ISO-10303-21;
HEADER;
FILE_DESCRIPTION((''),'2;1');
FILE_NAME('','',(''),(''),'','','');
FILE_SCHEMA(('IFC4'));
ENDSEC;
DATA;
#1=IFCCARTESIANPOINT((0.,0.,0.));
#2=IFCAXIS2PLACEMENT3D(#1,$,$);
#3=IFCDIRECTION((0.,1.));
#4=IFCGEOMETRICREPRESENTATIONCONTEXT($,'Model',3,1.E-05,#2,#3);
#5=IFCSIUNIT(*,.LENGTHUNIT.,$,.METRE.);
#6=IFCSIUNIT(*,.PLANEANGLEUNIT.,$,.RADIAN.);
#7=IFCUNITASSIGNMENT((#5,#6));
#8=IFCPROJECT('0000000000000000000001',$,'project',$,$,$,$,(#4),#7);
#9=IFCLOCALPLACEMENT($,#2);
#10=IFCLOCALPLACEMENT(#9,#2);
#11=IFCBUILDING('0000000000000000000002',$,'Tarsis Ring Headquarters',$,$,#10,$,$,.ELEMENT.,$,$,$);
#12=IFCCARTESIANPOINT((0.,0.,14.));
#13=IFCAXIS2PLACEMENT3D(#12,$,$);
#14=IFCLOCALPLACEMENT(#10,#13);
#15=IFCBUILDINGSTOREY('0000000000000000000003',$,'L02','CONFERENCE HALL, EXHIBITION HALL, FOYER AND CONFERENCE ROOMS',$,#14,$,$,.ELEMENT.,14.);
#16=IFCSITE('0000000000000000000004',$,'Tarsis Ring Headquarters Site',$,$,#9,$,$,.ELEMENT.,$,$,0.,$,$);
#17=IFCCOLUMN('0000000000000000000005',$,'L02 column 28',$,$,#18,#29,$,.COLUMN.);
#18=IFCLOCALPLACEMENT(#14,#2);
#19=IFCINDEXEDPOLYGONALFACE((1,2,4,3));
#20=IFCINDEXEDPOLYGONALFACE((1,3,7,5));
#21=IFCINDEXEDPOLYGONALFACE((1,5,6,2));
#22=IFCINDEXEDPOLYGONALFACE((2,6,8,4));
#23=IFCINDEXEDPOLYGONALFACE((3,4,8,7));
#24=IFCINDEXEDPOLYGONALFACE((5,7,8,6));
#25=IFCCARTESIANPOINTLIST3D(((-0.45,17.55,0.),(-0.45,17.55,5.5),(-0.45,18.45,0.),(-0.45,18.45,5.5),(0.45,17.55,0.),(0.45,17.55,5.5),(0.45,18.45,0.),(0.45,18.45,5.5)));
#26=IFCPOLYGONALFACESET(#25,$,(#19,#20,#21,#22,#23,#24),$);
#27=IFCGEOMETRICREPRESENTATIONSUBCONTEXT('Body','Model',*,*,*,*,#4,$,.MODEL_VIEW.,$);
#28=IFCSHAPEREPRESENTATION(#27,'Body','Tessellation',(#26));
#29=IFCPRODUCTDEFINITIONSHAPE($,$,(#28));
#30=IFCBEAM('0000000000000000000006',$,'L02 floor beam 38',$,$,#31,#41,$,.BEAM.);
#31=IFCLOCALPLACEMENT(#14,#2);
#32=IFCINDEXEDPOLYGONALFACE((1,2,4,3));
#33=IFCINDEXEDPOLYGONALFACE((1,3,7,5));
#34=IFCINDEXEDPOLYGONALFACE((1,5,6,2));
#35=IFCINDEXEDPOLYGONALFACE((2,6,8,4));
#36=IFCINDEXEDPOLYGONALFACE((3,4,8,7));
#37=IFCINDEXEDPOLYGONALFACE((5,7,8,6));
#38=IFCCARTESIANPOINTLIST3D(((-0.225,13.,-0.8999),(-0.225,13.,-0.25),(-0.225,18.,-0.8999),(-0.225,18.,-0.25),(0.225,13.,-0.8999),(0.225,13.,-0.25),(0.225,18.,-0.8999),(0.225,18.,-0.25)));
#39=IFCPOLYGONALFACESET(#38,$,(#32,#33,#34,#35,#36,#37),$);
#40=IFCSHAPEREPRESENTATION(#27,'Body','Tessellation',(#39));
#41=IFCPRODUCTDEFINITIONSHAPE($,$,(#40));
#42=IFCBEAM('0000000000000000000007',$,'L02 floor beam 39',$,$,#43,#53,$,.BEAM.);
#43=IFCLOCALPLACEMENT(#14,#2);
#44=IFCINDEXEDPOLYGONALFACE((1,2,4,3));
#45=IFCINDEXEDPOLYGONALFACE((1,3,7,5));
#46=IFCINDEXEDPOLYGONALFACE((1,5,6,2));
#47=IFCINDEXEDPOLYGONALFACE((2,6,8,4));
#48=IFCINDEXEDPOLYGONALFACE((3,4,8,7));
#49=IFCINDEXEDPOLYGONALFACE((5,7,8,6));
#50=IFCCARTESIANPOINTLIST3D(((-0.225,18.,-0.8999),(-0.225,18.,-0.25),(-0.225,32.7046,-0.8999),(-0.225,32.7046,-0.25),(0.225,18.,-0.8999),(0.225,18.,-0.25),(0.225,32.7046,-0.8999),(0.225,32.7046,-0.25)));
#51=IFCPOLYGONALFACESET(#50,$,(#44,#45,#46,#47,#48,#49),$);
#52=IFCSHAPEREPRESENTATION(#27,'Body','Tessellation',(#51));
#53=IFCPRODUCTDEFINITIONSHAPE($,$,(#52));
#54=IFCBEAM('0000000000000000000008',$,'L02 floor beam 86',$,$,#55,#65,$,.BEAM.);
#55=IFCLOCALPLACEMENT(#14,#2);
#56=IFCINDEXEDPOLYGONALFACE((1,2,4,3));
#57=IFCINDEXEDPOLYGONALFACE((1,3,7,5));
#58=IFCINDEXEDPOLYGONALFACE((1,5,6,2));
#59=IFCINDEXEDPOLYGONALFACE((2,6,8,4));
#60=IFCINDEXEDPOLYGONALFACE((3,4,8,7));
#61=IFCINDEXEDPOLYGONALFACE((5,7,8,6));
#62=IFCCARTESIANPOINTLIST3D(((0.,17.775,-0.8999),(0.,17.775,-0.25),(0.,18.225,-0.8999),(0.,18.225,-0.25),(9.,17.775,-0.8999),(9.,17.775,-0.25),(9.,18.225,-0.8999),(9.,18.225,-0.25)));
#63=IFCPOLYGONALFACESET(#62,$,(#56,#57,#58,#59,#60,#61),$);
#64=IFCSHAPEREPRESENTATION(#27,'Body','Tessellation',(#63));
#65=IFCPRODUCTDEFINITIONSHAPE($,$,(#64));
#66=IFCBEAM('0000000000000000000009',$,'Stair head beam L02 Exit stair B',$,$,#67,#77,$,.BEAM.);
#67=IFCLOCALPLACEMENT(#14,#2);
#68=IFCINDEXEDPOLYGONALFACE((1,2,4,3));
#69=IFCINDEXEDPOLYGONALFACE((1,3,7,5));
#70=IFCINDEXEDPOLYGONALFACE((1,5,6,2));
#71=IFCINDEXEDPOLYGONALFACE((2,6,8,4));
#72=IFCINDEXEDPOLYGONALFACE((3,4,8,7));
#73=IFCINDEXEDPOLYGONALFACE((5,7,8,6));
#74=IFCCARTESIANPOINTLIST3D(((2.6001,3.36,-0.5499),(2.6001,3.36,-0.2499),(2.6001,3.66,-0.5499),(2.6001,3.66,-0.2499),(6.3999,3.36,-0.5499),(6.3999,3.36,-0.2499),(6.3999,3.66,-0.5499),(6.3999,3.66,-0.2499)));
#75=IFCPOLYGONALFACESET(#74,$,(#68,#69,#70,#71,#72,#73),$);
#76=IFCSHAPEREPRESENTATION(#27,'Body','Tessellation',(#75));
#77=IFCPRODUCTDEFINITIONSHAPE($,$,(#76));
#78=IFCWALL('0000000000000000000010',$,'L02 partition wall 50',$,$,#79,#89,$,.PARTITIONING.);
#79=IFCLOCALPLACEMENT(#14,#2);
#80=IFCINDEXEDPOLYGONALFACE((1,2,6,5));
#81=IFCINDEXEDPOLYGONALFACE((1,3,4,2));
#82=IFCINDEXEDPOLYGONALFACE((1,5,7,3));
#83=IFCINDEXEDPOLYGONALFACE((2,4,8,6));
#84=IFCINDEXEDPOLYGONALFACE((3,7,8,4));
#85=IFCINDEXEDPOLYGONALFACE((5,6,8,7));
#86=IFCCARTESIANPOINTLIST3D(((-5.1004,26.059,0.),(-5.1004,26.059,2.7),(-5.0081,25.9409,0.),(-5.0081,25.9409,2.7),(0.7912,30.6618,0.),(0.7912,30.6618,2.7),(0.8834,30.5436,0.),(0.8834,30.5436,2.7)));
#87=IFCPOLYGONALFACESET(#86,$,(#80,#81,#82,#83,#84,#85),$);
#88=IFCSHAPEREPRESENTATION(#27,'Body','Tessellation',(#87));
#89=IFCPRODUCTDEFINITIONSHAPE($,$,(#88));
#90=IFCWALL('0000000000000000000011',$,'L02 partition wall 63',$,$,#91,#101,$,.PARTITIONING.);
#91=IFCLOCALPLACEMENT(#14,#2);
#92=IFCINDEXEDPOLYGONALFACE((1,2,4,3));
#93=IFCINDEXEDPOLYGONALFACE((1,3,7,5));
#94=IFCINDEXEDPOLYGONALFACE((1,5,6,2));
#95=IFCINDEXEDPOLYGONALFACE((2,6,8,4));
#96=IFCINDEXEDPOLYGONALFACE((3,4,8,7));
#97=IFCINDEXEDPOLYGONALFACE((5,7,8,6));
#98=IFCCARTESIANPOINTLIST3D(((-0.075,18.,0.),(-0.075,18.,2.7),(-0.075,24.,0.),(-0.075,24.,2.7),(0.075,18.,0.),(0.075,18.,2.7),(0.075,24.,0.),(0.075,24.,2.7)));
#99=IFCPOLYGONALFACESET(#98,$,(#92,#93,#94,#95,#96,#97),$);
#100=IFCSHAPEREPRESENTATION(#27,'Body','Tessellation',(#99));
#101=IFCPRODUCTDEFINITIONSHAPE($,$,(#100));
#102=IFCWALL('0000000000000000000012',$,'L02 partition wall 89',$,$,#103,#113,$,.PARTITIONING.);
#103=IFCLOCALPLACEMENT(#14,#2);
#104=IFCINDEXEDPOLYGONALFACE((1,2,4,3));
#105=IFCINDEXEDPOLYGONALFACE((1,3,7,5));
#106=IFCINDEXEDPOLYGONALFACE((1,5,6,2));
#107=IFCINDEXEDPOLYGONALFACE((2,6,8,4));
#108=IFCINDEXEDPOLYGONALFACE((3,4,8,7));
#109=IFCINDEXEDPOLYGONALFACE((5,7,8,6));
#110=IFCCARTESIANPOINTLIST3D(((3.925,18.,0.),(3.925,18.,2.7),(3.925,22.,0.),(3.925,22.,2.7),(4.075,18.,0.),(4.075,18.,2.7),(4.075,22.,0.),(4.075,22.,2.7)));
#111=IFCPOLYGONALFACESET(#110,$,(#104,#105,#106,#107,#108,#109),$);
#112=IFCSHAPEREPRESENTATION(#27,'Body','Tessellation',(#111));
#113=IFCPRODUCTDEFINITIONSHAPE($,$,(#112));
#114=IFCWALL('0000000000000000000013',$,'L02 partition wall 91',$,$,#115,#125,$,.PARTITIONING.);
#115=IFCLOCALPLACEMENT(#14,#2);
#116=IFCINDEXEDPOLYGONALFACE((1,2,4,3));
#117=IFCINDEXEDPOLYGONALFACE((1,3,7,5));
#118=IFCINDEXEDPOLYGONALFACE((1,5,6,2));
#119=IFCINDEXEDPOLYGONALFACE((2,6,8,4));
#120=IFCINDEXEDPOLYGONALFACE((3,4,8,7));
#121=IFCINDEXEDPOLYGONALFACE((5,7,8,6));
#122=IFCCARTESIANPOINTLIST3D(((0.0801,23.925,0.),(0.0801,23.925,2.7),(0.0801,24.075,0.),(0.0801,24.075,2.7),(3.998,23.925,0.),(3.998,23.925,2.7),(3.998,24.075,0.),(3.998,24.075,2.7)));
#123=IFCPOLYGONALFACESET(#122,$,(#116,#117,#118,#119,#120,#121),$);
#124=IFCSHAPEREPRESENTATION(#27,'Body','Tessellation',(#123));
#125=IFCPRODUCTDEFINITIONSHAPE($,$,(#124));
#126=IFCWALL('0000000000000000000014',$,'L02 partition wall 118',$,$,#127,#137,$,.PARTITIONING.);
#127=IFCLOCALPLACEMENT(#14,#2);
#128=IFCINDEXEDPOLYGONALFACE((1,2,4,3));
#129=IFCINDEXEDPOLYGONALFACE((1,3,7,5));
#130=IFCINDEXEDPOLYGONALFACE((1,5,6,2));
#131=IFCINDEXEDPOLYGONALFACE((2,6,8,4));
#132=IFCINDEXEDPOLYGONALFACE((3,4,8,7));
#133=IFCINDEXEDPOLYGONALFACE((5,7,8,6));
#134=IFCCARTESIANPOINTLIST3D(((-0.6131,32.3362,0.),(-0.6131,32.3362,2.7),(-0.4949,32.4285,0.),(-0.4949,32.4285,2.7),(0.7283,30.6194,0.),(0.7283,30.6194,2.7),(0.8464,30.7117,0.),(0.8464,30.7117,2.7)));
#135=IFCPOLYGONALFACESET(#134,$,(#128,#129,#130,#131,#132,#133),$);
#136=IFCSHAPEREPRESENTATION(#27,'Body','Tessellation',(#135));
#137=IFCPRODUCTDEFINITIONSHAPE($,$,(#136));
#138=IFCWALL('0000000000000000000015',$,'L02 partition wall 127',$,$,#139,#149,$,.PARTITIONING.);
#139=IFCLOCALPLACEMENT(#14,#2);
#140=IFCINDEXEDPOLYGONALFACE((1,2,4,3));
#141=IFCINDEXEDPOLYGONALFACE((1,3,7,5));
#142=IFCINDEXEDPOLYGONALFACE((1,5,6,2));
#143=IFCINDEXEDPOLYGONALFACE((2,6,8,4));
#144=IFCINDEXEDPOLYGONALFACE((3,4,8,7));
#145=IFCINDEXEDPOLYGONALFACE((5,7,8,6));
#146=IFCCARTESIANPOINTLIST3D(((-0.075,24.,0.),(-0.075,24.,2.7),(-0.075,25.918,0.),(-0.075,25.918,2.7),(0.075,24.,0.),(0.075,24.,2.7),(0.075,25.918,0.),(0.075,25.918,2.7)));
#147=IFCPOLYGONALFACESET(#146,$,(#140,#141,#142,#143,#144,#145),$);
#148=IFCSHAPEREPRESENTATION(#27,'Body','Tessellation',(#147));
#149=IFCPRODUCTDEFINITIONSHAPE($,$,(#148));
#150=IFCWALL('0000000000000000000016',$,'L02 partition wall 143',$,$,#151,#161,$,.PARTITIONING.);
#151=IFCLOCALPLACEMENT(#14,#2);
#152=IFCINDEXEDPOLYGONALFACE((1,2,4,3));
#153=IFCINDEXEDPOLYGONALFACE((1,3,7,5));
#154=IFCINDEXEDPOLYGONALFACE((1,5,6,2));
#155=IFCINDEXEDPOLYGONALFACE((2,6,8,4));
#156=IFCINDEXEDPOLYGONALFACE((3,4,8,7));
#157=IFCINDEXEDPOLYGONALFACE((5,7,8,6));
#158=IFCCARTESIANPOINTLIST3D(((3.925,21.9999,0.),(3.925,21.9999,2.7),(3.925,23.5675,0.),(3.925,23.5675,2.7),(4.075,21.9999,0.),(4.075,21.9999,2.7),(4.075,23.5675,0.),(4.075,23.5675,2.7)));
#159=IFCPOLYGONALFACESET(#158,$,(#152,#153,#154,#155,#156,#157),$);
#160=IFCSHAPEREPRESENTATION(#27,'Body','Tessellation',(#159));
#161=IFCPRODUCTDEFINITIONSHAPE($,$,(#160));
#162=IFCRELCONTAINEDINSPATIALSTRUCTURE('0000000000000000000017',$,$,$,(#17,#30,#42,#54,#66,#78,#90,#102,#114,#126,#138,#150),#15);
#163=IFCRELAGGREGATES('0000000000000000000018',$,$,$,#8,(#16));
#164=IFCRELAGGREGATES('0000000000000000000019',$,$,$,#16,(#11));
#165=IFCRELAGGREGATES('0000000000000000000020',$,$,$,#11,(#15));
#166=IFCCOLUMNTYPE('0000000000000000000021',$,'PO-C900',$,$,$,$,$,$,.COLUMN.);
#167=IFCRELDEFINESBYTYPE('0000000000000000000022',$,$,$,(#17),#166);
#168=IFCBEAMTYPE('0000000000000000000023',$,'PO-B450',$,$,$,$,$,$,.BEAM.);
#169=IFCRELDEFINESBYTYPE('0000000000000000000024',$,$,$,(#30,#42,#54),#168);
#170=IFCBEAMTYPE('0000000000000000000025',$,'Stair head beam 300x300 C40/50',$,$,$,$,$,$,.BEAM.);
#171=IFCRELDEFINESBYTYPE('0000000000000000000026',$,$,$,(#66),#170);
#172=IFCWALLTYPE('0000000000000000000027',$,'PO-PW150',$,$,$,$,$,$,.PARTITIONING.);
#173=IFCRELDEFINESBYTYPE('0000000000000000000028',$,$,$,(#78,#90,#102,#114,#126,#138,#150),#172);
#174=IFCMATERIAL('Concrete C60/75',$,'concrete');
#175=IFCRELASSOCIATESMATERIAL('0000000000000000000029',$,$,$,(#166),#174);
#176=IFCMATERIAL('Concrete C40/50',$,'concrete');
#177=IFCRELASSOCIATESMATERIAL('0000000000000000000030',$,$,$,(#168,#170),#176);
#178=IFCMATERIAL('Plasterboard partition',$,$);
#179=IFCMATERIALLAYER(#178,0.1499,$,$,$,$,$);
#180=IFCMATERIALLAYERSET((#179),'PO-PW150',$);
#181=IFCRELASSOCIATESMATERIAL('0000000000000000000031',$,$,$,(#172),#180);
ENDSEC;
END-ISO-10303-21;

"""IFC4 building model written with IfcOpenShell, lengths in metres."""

from ifc_helpers import new_model, si_unit, direction, frame, frame_2d, origin, origin_2d, place, context, subcontext, project, spatial, rectangle, extrude, material, layer, layer_set, material_profile, profile_set, type_object, element, save


model = new_model("IFC4")

# Units and contexts
model_context = context("Model", 3, precision=1e-05, world=origin(), true_north=direction((0.0, 1.0)))
body_context = subcontext(model_context, "Body", "Model", "MODEL_VIEW")
ifc_project = project(units=[si_unit("LENGTHUNIT", "METRE"), si_unit("PLANEANGLEUNIT", "RADIAN")], contexts=[model_context])

# Site, building, storey
site_placement = place(None, origin())
site = spatial("IfcSite", under=ifc_project, at=site_placement, Name="Tarsis Ring Headquarters Site", CompositionType="ELEMENT", RefElevation=0.0)
building_placement = place(site_placement, origin())
building = spatial("IfcBuilding", under=site, at=building_placement, Name="Tarsis Ring Headquarters", CompositionType="ELEMENT")
storey_placement = place(building_placement, frame((0.0, 0.0, 14.0)))
storey = spatial("IfcBuildingStorey", under=building, at=storey_placement, Name="L02", Description="CONFERENCE HALL, EXHIBITION HALL, FOYER AND CONFERENCE ROOMS", CompositionType="ELEMENT", Elevation=14.0)

# Column
ifc_material_1 = material(Name="Concrete C60/75", Category="concrete")
ifc_material_profile_1 = material_profile(ifc_material_1, rectangle(XDim=0.8999, YDim=0.8999, at=origin_2d()), Name="PO-C900")
ifc_profile_set_1 = profile_set([ifc_material_profile_1], Name="Concrete C60/75")
column_type = type_object("IfcColumnType", Name="PO-C900", PredefinedType="COLUMN", material=ifc_profile_set_1)
column_placement = place(storey_placement, frame((0.0, 18.0, 0.0), z_axis=(0.0, 0.0, 1.0), x_axis=(1.0, 0.0, 0.0)))
element("IfcColumn", 1, at=column_placement, inside=storey, type_object=column_type, Name="L02 column 28", PredefinedType="COLUMN", context=body_context, shape_type="SweptSolid", body=[
    extrude(rectangle(XDim=0.8999, YDim=0.8999, at=origin_2d()), origin(), (0.0, 0.0, 1.0), 5.5),
])

# Beams
ifc_material_2 = material(Name="Concrete C40/50", Category="concrete")
ifc_material_profile_2 = material_profile(ifc_material_2, rectangle(XDim=0.45, YDim=0.6499, at=origin_2d()), Name="PO-B450")
ifc_profile_set_2 = profile_set([ifc_material_profile_2], Name="Concrete C40/50")
beam_type_1 = type_object("IfcBeamType", Name="PO-B450", PredefinedType="BEAM", material=ifc_profile_set_2)
beam_1_placement = place(storey_placement, frame((0.0, 13.0, -0.575), z_axis=(0.0, 1.0, 0.0), x_axis=(-1.0, 0.0, 0.0)))
element("IfcBeam", 2, at=beam_1_placement, inside=storey, type_object=beam_type_1, Name="L02 floor beam 38", PredefinedType="BEAM", context=body_context, shape_type="SweptSolid", body=[
    extrude(rectangle(XDim=0.45, YDim=0.6499, at=origin_2d()), origin(), (0.0, 0.0, 1.0), 5.0),
])
beam_2_placement = place(storey_placement, frame((0.0, 18.0, -0.575), z_axis=(0.0, 1.0, 0.0), x_axis=(-1.0, 0.0, 0.0)))
element("IfcBeam", 3, at=beam_2_placement, inside=storey, type_object=beam_type_1, Name="L02 floor beam 39", PredefinedType="BEAM", context=body_context, shape_type="SweptSolid", body=[
    extrude(rectangle(XDim=0.45, YDim=0.6499, at=origin_2d()), origin(), (0.0, 0.0, 1.0), 14.7046),
])
beam_3_placement = place(storey_placement, frame((0.0, 18.0, -0.575), z_axis=(1.0, 0.0, 0.0), x_axis=(0.0, 1.0, 0.0)))
element("IfcBeam", 4, at=beam_3_placement, inside=storey, type_object=beam_type_1, Name="L02 floor beam 86", PredefinedType="BEAM", context=body_context, shape_type="SweptSolid", body=[
    extrude(rectangle(XDim=0.45, YDim=0.6499, at=origin_2d()), origin(), (0.0, 0.0, 1.0), 9.0),
])
ifc_material_profile_3 = material_profile(ifc_material_2, rectangle(XDim=0.3, YDim=0.3, at=origin_2d()), Name="Stair head beam 300x300 C40/50")
ifc_profile_set_3 = profile_set([ifc_material_profile_3], Name="Concrete C40/50")
beam_type_2 = type_object("IfcBeamType", Name="Stair head beam 300x300 C40/50", PredefinedType="BEAM", material=ifc_profile_set_3)
beam_4_placement = place(storey_placement, frame((2.6001, 3.51, -0.3999), z_axis=(1.0, 0.0, 0.0), x_axis=(0.0, 1.0, 0.0)))
element("IfcBeam", 5, at=beam_4_placement, inside=storey, type_object=beam_type_2, Name="Stair head beam L02 Exit stair B", PredefinedType="BEAM", context=body_context, shape_type="SweptSolid", body=[
    extrude(rectangle(XDim=0.3, YDim=0.3, at=origin_2d()), origin(), (0.0, 0.0, 1.0), 3.7998),
])

# Walls
ifc_material_3 = material(Name="Plasterboard partition")
ifc_layer_1 = layer(ifc_material_3, 0.1499)
ifc_layer_set_1 = layer_set([ifc_layer_1], Name="PO-PW150")
wall_type_1 = type_object("IfcWallType", Name="PO-PW150", PredefinedType="PARTITIONING", material=ifc_layer_set_1)
wall_1_placement = place(storey_placement, frame((0.8374, 30.6028, 0.0), z_axis=(0.0, 0.0, 1.0), x_axis=(-0.788026, -0.615642, 0.0)))
element("IfcWall", 6, at=wall_1_placement, inside=storey, type_object=wall_type_1, Name="L02 partition wall 50", PredefinedType="PARTITIONING", context=body_context, shape_type="SweptSolid", body=[
    extrude(rectangle(XDim=7.4763, YDim=0.1499, at=frame_2d((3.7383, 0.0))), origin(), (0.0, 0.0, 1.0), 2.7),
])
wall_2_placement = place(storey_placement, frame((0.0, 18.0, 0.0), z_axis=(0.0, 0.0, 1.0), x_axis=(0.0, 1.0, 0.0)))
element("IfcWall", 7, at=wall_2_placement, inside=storey, type_object=wall_type_1, Name="L02 partition wall 63", PredefinedType="PARTITIONING", context=body_context, shape_type="SweptSolid", body=[
    extrude(rectangle(XDim=6.0, YDim=0.1499, at=frame_2d((3.0, 0.0))), origin(), (0.0, 0.0, 1.0), 2.7),
])
wall_3_placement = place(storey_placement, frame((4.0, 18.0, 0.0), z_axis=(0.0, 0.0, 1.0), x_axis=(0.0, 1.0, 0.0)))
element("IfcWall", 8, at=wall_3_placement, inside=storey, type_object=wall_type_1, Name="L02 partition wall 89", PredefinedType="PARTITIONING", context=body_context, shape_type="SweptSolid", body=[
    extrude(rectangle(XDim=4.0, YDim=0.1499, at=frame_2d((2.0, 0.0))), origin(), (0.0, 0.0, 1.0), 2.7),
])
wall_4_placement = place(storey_placement, frame((0.0801, 24.0, 0.0), z_axis=(0.0, 0.0, 1.0), x_axis=(1.0, 0.0, 0.0)))
element("IfcWall", 9, at=wall_4_placement, inside=storey, type_object=wall_type_1, Name="L02 partition wall 91", PredefinedType="PARTITIONING", context=body_context, shape_type="SweptSolid", body=[
    extrude(rectangle(XDim=3.918, YDim=0.1499, at=frame_2d((1.959, 0.0))), origin(), (0.0, 0.0, 1.0), 2.7),
])
wall_5_placement = place(storey_placement, frame((0.7874, 30.6655, 0.0), z_axis=(0.0, 0.0, 1.0), x_axis=(-0.615661, 0.788011, 0.0)))
element("IfcWall", 10, at=wall_5_placement, inside=storey, type_object=wall_type_1, Name="L02 partition wall 118", PredefinedType="PARTITIONING", context=body_context, shape_type="SweptSolid", body=[
    extrude(rectangle(XDim=2.1787, YDim=0.1499, at=frame_2d((1.0894, 0.0))), origin(), (0.0, 0.0, 1.0), 2.7),
])
wall_6_placement = place(storey_placement, frame((0.0, 24.0, 0.0), z_axis=(0.0, 0.0, 1.0), x_axis=(0.0, 1.0, 0.0)))
element("IfcWall", 11, at=wall_6_placement, inside=storey, type_object=wall_type_1, Name="L02 partition wall 127", PredefinedType="PARTITIONING", context=body_context, shape_type="SweptSolid", body=[
    extrude(rectangle(XDim=1.918, YDim=0.1499, at=frame_2d((0.959, 0.0))), origin(), (0.0, 0.0, 1.0), 2.7),
])
wall_7_placement = place(storey_placement, frame((4.0, 22.0, 0.0), z_axis=(0.0, 0.0, 1.0), x_axis=(0.0, 1.0, 0.0)))
element("IfcWall", 12, at=wall_7_placement, inside=storey, type_object=wall_type_1, Name="L02 partition wall 143", PredefinedType="PARTITIONING", context=body_context, shape_type="SweptSolid", body=[
    extrude(rectangle(XDim=1.5676, YDim=0.1499, at=frame_2d((0.7837, 0.0))), origin(), (0.0, 0.0, 1.0), 2.7),
])

save(model, "model.ifc")
